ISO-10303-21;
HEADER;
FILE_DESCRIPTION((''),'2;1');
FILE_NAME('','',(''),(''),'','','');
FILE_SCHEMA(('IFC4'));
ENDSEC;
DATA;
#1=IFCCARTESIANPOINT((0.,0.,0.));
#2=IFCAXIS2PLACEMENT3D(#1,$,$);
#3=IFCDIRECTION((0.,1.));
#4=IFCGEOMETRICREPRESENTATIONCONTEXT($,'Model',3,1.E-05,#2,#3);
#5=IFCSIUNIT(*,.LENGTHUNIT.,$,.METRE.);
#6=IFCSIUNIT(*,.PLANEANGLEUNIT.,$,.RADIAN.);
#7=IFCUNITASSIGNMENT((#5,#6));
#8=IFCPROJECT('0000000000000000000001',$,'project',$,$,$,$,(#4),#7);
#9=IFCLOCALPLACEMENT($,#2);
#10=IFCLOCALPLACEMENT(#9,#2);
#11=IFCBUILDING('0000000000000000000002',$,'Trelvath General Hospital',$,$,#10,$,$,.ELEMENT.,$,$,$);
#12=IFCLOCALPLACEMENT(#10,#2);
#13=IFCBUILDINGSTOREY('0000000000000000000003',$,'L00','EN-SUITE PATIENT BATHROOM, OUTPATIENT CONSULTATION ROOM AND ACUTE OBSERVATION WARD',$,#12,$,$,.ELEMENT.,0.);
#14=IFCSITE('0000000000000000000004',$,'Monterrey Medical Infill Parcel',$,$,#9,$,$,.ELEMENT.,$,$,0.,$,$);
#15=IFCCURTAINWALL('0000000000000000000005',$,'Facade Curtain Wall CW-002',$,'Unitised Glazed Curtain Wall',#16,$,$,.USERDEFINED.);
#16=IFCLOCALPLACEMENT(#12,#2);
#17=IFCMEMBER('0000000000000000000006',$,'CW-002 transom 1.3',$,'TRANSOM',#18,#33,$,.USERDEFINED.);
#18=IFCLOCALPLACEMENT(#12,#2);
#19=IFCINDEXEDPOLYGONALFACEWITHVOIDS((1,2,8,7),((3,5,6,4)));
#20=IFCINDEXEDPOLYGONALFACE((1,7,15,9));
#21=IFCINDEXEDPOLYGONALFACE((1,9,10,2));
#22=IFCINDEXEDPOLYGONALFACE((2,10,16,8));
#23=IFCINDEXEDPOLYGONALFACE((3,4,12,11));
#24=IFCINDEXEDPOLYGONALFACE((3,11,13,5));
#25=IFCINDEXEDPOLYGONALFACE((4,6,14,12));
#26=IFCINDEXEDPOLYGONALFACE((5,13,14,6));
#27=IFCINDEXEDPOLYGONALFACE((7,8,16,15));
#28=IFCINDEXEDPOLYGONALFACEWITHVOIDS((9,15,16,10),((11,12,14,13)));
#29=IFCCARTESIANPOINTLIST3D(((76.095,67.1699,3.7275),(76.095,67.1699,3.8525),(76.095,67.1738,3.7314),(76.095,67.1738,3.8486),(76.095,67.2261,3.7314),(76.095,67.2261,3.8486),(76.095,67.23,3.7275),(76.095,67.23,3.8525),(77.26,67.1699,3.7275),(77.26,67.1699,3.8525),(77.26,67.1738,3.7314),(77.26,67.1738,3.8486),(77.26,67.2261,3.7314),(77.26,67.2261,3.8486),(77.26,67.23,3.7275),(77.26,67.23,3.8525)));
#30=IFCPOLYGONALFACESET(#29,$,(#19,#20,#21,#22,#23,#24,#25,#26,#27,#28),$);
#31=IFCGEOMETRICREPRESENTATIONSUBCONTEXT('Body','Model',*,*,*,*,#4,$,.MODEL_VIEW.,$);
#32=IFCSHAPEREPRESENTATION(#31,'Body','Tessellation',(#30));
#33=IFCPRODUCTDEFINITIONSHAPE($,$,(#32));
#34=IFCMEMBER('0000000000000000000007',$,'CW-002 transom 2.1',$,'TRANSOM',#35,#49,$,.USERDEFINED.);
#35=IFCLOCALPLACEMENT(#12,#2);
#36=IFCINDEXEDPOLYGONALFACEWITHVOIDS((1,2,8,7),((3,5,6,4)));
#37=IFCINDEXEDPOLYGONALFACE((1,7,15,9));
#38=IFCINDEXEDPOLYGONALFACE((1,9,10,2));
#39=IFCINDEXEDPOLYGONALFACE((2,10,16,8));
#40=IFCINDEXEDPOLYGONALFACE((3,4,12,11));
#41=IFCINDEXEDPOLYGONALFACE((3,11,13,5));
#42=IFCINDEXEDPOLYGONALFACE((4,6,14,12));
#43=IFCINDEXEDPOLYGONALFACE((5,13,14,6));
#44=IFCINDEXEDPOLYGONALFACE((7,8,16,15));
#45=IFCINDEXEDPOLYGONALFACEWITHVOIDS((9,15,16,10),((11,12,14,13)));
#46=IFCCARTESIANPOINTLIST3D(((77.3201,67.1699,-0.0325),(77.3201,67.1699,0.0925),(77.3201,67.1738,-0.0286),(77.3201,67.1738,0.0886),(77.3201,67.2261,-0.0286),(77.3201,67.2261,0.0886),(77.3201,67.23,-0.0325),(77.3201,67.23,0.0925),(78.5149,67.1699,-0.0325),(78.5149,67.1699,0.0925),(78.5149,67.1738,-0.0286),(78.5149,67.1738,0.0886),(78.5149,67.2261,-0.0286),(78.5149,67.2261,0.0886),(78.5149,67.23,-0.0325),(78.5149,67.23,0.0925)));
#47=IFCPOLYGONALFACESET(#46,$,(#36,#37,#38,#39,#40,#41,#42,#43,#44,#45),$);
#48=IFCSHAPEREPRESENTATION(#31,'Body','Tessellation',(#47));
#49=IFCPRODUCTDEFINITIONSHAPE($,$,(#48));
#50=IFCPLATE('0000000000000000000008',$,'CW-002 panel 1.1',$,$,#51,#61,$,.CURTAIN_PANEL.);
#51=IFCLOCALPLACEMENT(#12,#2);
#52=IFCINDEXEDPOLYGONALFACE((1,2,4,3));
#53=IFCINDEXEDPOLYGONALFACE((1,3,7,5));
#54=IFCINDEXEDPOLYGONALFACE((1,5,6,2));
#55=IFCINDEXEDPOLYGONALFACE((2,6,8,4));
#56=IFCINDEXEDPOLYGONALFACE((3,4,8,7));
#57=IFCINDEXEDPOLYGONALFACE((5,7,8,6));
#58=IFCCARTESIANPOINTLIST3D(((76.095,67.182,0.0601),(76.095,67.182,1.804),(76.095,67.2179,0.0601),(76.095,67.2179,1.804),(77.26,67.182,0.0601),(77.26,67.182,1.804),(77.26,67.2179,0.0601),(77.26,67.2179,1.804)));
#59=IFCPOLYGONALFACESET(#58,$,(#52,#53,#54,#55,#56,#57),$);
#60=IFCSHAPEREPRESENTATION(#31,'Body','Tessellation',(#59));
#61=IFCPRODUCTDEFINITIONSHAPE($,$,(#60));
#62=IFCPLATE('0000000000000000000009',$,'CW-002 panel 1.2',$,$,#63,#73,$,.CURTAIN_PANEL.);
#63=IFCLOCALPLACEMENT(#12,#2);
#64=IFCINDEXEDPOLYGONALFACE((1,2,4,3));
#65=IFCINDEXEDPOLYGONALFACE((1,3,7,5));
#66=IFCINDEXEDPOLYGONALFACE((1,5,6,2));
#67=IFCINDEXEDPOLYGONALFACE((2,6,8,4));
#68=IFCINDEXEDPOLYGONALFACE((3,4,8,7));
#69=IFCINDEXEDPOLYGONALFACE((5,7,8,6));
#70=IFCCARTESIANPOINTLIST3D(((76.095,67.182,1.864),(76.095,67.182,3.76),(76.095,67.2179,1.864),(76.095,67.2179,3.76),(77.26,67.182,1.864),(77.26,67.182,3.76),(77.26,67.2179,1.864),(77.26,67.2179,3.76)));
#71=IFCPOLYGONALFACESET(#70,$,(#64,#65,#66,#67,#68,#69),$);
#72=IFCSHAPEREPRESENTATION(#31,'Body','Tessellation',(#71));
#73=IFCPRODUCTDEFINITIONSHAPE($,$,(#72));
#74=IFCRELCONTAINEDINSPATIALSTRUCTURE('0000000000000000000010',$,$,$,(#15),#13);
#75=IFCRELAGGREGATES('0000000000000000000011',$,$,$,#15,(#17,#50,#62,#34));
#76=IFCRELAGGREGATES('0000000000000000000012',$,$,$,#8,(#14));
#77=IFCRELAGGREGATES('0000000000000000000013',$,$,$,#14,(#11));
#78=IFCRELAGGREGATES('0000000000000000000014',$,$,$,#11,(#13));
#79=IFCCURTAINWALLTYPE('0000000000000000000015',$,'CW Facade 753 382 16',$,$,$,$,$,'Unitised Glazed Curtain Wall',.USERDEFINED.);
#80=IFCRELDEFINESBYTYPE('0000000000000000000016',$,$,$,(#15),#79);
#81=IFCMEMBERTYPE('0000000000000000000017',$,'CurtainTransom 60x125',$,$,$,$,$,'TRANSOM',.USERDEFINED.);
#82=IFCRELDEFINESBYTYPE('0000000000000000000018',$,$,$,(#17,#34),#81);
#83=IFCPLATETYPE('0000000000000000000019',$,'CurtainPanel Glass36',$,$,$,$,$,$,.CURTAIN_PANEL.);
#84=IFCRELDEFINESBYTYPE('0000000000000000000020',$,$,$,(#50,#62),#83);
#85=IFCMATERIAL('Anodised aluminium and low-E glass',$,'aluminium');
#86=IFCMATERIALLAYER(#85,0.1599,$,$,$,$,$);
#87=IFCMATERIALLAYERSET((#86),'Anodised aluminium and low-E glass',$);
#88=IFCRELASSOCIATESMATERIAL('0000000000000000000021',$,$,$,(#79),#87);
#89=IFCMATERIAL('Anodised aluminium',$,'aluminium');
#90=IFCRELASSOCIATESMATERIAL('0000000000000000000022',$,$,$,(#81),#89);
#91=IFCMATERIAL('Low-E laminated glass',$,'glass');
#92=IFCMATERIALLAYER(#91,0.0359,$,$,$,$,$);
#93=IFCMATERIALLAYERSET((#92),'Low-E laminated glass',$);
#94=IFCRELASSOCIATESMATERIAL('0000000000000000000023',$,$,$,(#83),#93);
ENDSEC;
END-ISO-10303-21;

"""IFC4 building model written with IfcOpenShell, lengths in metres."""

from ifc_helpers import new_model, si_unit, direction, frame, origin, origin_2d, place, context, subcontext, project, spatial, rectangle, hollow_rectangle, extrude, material, layer, layer_set, material_profile, profile_set, type_object, element, aggregate, save


model = new_model("IFC4")

# Units and contexts
model_context = context("Model", 3, precision=1e-05, world=origin(), true_north=direction((0.0, 1.0)))
body_context = subcontext(model_context, "Body", "Model", "MODEL_VIEW")
ifc_project = project(units=[si_unit("LENGTHUNIT", "METRE"), si_unit("PLANEANGLEUNIT", "RADIAN")], contexts=[model_context])

# Site, building, storey
site_placement = place(None, origin())
site = spatial("IfcSite", under=ifc_project, at=site_placement, Name="Monterrey Medical Infill Parcel", CompositionType="ELEMENT", RefElevation=0.0)
building_placement = place(site_placement, origin())
building = spatial("IfcBuilding", under=site, at=building_placement, Name="Trelvath General Hospital", CompositionType="ELEMENT")
storey_placement = place(building_placement, origin())
storey = spatial("IfcBuildingStorey", under=building, at=storey_placement, Name="L00", Description="EN-SUITE PATIENT BATHROOM, OUTPATIENT CONSULTATION ROOM AND ACUTE OBSERVATION WARD", CompositionType="ELEMENT", Elevation=0.0)

# Curtain wall, members, plates
ifc_material_1 = material(Name="Anodised aluminium and low-E glass", Category="aluminium")
ifc_layer_1 = layer(ifc_material_1, 0.1599)
ifc_layer_set_1 = layer_set([ifc_layer_1], Name="Anodised aluminium and low-E glass")
curtain_wall_type = type_object("IfcCurtainWallType", Name="CW Facade 753 382 16", ElementType="Unitised Glazed Curtain Wall", PredefinedType="USERDEFINED", material=ifc_layer_set_1)
curtain_wall_placement = place(storey_placement, origin())
curtain_wall = element("IfcCurtainWall", 1, at=curtain_wall_placement, inside=storey, type_object=curtain_wall_type, Name="Facade Curtain Wall CW-002", ObjectType="Unitised Glazed Curtain Wall", PredefinedType="USERDEFINED")
ifc_material_2 = material(Name="Anodised aluminium", Category="aluminium")
ifc_material_profile_1 = material_profile(ifc_material_2, hollow_rectangle(XDim=0.0601, YDim=0.125, WallThickness=0.0039, at=origin_2d()), Name="RHS60x125x4")
ifc_profile_set_1 = profile_set([ifc_material_profile_1], Name="Anodised aluminium")
member_type_1 = type_object("IfcMemberType", Name="CurtainTransom 60x125", ElementType="TRANSOM", PredefinedType="USERDEFINED", material=ifc_profile_set_1)
member_1_placement = place(storey_placement, frame((76.095, 67.2, 3.79), z_axis=(1.0, 0.0, 0.0), x_axis=(0.0, 1.0, 0.0)))
member_1 = element("IfcMember", 2, at=member_1_placement, type_object=member_type_1, Name="CW-002 transom 1.3", ObjectType="TRANSOM", PredefinedType="USERDEFINED", context=body_context, shape_type="SweptSolid", body=[
    extrude(hollow_rectangle(XDim=0.0601, YDim=0.125, WallThickness=0.0039, at=origin_2d()), origin(), (0.0, 0.0, 1.0), 1.165),
])
member_2_placement = place(storey_placement, frame((77.3201, 67.2, 0.03), z_axis=(1.0, 0.0, 0.0), x_axis=(0.0, 1.0, 0.0)))
member_2 = element("IfcMember", 3, at=member_2_placement, type_object=member_type_1, Name="CW-002 transom 2.1", ObjectType="TRANSOM", PredefinedType="USERDEFINED", context=body_context, shape_type="SweptSolid", body=[
    extrude(hollow_rectangle(XDim=0.0601, YDim=0.125, WallThickness=0.0039, at=origin_2d()), origin(), (0.0, 0.0, 1.0), 1.1948),
])
ifc_material_3 = material(Name="Low-E laminated glass", Category="glass")
ifc_layer_2 = layer(ifc_material_3, 0.0359)
ifc_layer_set_2 = layer_set([ifc_layer_2], Name="Low-E laminated glass")
plate_type = type_object("IfcPlateType", Name="CurtainPanel Glass36", PredefinedType="CURTAIN_PANEL", material=ifc_layer_set_2)
plate_1_placement = place(storey_placement, frame((76.6775, 67.2, 0.0601), z_axis=(0.0, 0.0, 1.0), x_axis=(1.0, 0.0, 0.0)))
plate_1 = element("IfcPlate", 4, at=plate_1_placement, type_object=plate_type, Name="CW-002 panel 1.1", PredefinedType="CURTAIN_PANEL", context=body_context, shape_type="SweptSolid", body=[
    extrude(rectangle(XDim=1.165, YDim=0.0359, at=origin_2d()), origin(), (0.0, 0.0, 1.0), 1.7439),
])
plate_2_placement = place(storey_placement, frame((76.6775, 67.2, 1.864), z_axis=(0.0, 0.0, 1.0), x_axis=(1.0, 0.0, 0.0)))
plate_2 = element("IfcPlate", 5, at=plate_2_placement, type_object=plate_type, Name="CW-002 panel 1.2", PredefinedType="CURTAIN_PANEL", context=body_context, shape_type="SweptSolid", body=[
    extrude(rectangle(XDim=1.165, YDim=0.0359, at=origin_2d()), origin(), (0.0, 0.0, 1.0), 1.896),
])
aggregate(curtain_wall, [member_1, plate_1, plate_2, member_2])

save(model, "model.ifc")
